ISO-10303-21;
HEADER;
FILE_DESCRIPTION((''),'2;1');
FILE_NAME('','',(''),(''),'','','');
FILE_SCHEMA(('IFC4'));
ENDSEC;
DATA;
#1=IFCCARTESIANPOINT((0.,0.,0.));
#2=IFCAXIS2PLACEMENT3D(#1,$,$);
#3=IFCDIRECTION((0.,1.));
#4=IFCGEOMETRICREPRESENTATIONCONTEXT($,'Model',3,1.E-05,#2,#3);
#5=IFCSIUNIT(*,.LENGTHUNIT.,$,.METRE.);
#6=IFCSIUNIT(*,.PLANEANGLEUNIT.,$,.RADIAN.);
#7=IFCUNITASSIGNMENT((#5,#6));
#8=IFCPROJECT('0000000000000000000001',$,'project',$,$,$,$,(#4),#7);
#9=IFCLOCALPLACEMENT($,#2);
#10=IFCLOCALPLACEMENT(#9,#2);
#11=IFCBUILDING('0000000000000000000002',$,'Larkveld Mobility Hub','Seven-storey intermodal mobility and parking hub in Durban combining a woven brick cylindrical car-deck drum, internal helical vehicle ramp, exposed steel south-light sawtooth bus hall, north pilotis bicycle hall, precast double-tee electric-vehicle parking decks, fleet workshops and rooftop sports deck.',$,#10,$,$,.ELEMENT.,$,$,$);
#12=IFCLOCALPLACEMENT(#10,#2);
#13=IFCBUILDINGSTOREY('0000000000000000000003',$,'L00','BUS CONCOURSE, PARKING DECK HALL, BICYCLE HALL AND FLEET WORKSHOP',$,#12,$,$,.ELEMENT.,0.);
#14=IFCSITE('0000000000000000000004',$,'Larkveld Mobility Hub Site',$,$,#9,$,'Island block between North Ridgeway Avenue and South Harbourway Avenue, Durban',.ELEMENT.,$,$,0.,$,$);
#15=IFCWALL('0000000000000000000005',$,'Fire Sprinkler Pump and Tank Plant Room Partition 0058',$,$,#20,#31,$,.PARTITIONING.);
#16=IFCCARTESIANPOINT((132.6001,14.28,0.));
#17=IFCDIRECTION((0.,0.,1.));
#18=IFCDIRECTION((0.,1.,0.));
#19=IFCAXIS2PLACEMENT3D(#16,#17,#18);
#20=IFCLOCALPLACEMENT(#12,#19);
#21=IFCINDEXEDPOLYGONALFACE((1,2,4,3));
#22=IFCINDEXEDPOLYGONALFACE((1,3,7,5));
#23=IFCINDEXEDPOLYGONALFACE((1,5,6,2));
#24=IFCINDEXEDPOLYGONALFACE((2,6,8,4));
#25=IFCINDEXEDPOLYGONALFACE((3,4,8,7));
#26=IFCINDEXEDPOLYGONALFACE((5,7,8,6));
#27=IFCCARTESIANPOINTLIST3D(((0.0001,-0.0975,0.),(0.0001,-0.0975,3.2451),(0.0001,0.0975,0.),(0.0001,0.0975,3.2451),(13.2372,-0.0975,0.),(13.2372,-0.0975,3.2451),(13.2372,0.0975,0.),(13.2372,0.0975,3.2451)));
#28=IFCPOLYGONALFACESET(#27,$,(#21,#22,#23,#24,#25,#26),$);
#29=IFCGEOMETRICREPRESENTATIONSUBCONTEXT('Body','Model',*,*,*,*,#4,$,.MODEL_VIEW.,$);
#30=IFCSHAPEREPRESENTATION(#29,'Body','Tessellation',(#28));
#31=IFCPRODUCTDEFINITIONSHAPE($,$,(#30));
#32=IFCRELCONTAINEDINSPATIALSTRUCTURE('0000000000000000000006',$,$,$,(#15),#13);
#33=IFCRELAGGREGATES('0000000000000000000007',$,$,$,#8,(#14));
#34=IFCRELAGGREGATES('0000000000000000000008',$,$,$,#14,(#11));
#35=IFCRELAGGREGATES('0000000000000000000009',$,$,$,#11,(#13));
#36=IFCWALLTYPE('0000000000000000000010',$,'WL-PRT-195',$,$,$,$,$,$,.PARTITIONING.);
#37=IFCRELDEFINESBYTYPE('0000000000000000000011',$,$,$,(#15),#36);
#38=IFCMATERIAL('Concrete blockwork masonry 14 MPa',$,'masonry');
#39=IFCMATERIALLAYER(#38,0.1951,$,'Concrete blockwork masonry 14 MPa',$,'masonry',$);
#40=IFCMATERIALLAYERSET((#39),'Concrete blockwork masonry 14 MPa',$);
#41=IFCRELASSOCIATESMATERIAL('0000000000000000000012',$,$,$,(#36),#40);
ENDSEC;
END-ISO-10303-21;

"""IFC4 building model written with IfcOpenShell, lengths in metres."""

from ifc_helpers import new_model, si_unit, direction, frame, frame_2d, origin, place, context, subcontext, project, spatial, rectangle, extrude, material, layer, layer_set, type_object, element, save


model = new_model("IFC4")

# Units and contexts
model_context = context("Model", 3, precision=1e-05, world=origin(), true_north=direction((0.0, 1.0)))
body_context = subcontext(model_context, "Body", "Model", "MODEL_VIEW")
ifc_project = project(units=[si_unit("LENGTHUNIT", "METRE"), si_unit("PLANEANGLEUNIT", "RADIAN")], contexts=[model_context])

# Site, building, storey
site_placement = place(None, origin())
site = spatial("IfcSite", under=ifc_project, at=site_placement, Name="Larkveld Mobility Hub Site", LongName="Island block between North Ridgeway Avenue and South Harbourway Avenue, Durban", CompositionType="ELEMENT", RefElevation=0.0)
building_placement = place(site_placement, origin())
building = spatial("IfcBuilding", under=site, at=building_placement, Name="Larkveld Mobility Hub", Description="Seven-storey intermodal mobility and parking hub in Durban combining a woven brick cylindrical car-deck drum, internal helical vehicle ramp, exposed steel south-light sawtooth bus hall, north pilotis bicycle hall, precast double-tee electric-vehicle parking decks, fleet workshops and rooftop sports deck.", CompositionType="ELEMENT")
storey_placement = place(building_placement, origin())
storey = spatial("IfcBuildingStorey", under=building, at=storey_placement, Name="L00", Description="BUS CONCOURSE, PARKING DECK HALL, BICYCLE HALL AND FLEET WORKSHOP", CompositionType="ELEMENT", Elevation=0.0)

# Wall
ifc_material_1 = material(Name="Concrete blockwork masonry 14 MPa", Category="masonry")
ifc_layer_1 = layer(ifc_material_1, 0.1951, Name="Concrete blockwork masonry 14 MPa", Category="masonry")
ifc_layer_set_1 = layer_set([ifc_layer_1], Name="Concrete blockwork masonry 14 MPa")
wall_type_1 = type_object("IfcWallType", Name="WL-PRT-195", PredefinedType="PARTITIONING", material=ifc_layer_set_1)
wall_1_placement = place(storey_placement, frame((132.6001, 14.28, 0.0), z_axis=(0.0, 0.0, 1.0), x_axis=(0.0, 1.0, 0.0)))
element("IfcWall", 1, at=wall_1_placement, inside=storey, type_object=wall_type_1, Name="Fire Sprinkler Pump and Tank Plant Room Partition 0058", PredefinedType="PARTITIONING", context=body_context, shape_type="SweptSolid", body=[
    extrude(rectangle(XDim=13.2371, YDim=0.1951, at=frame_2d((6.6187, 0.0))), origin(), (0.0, 0.0, 1.0), 3.2451),
])

save(model, "model.ifc")
